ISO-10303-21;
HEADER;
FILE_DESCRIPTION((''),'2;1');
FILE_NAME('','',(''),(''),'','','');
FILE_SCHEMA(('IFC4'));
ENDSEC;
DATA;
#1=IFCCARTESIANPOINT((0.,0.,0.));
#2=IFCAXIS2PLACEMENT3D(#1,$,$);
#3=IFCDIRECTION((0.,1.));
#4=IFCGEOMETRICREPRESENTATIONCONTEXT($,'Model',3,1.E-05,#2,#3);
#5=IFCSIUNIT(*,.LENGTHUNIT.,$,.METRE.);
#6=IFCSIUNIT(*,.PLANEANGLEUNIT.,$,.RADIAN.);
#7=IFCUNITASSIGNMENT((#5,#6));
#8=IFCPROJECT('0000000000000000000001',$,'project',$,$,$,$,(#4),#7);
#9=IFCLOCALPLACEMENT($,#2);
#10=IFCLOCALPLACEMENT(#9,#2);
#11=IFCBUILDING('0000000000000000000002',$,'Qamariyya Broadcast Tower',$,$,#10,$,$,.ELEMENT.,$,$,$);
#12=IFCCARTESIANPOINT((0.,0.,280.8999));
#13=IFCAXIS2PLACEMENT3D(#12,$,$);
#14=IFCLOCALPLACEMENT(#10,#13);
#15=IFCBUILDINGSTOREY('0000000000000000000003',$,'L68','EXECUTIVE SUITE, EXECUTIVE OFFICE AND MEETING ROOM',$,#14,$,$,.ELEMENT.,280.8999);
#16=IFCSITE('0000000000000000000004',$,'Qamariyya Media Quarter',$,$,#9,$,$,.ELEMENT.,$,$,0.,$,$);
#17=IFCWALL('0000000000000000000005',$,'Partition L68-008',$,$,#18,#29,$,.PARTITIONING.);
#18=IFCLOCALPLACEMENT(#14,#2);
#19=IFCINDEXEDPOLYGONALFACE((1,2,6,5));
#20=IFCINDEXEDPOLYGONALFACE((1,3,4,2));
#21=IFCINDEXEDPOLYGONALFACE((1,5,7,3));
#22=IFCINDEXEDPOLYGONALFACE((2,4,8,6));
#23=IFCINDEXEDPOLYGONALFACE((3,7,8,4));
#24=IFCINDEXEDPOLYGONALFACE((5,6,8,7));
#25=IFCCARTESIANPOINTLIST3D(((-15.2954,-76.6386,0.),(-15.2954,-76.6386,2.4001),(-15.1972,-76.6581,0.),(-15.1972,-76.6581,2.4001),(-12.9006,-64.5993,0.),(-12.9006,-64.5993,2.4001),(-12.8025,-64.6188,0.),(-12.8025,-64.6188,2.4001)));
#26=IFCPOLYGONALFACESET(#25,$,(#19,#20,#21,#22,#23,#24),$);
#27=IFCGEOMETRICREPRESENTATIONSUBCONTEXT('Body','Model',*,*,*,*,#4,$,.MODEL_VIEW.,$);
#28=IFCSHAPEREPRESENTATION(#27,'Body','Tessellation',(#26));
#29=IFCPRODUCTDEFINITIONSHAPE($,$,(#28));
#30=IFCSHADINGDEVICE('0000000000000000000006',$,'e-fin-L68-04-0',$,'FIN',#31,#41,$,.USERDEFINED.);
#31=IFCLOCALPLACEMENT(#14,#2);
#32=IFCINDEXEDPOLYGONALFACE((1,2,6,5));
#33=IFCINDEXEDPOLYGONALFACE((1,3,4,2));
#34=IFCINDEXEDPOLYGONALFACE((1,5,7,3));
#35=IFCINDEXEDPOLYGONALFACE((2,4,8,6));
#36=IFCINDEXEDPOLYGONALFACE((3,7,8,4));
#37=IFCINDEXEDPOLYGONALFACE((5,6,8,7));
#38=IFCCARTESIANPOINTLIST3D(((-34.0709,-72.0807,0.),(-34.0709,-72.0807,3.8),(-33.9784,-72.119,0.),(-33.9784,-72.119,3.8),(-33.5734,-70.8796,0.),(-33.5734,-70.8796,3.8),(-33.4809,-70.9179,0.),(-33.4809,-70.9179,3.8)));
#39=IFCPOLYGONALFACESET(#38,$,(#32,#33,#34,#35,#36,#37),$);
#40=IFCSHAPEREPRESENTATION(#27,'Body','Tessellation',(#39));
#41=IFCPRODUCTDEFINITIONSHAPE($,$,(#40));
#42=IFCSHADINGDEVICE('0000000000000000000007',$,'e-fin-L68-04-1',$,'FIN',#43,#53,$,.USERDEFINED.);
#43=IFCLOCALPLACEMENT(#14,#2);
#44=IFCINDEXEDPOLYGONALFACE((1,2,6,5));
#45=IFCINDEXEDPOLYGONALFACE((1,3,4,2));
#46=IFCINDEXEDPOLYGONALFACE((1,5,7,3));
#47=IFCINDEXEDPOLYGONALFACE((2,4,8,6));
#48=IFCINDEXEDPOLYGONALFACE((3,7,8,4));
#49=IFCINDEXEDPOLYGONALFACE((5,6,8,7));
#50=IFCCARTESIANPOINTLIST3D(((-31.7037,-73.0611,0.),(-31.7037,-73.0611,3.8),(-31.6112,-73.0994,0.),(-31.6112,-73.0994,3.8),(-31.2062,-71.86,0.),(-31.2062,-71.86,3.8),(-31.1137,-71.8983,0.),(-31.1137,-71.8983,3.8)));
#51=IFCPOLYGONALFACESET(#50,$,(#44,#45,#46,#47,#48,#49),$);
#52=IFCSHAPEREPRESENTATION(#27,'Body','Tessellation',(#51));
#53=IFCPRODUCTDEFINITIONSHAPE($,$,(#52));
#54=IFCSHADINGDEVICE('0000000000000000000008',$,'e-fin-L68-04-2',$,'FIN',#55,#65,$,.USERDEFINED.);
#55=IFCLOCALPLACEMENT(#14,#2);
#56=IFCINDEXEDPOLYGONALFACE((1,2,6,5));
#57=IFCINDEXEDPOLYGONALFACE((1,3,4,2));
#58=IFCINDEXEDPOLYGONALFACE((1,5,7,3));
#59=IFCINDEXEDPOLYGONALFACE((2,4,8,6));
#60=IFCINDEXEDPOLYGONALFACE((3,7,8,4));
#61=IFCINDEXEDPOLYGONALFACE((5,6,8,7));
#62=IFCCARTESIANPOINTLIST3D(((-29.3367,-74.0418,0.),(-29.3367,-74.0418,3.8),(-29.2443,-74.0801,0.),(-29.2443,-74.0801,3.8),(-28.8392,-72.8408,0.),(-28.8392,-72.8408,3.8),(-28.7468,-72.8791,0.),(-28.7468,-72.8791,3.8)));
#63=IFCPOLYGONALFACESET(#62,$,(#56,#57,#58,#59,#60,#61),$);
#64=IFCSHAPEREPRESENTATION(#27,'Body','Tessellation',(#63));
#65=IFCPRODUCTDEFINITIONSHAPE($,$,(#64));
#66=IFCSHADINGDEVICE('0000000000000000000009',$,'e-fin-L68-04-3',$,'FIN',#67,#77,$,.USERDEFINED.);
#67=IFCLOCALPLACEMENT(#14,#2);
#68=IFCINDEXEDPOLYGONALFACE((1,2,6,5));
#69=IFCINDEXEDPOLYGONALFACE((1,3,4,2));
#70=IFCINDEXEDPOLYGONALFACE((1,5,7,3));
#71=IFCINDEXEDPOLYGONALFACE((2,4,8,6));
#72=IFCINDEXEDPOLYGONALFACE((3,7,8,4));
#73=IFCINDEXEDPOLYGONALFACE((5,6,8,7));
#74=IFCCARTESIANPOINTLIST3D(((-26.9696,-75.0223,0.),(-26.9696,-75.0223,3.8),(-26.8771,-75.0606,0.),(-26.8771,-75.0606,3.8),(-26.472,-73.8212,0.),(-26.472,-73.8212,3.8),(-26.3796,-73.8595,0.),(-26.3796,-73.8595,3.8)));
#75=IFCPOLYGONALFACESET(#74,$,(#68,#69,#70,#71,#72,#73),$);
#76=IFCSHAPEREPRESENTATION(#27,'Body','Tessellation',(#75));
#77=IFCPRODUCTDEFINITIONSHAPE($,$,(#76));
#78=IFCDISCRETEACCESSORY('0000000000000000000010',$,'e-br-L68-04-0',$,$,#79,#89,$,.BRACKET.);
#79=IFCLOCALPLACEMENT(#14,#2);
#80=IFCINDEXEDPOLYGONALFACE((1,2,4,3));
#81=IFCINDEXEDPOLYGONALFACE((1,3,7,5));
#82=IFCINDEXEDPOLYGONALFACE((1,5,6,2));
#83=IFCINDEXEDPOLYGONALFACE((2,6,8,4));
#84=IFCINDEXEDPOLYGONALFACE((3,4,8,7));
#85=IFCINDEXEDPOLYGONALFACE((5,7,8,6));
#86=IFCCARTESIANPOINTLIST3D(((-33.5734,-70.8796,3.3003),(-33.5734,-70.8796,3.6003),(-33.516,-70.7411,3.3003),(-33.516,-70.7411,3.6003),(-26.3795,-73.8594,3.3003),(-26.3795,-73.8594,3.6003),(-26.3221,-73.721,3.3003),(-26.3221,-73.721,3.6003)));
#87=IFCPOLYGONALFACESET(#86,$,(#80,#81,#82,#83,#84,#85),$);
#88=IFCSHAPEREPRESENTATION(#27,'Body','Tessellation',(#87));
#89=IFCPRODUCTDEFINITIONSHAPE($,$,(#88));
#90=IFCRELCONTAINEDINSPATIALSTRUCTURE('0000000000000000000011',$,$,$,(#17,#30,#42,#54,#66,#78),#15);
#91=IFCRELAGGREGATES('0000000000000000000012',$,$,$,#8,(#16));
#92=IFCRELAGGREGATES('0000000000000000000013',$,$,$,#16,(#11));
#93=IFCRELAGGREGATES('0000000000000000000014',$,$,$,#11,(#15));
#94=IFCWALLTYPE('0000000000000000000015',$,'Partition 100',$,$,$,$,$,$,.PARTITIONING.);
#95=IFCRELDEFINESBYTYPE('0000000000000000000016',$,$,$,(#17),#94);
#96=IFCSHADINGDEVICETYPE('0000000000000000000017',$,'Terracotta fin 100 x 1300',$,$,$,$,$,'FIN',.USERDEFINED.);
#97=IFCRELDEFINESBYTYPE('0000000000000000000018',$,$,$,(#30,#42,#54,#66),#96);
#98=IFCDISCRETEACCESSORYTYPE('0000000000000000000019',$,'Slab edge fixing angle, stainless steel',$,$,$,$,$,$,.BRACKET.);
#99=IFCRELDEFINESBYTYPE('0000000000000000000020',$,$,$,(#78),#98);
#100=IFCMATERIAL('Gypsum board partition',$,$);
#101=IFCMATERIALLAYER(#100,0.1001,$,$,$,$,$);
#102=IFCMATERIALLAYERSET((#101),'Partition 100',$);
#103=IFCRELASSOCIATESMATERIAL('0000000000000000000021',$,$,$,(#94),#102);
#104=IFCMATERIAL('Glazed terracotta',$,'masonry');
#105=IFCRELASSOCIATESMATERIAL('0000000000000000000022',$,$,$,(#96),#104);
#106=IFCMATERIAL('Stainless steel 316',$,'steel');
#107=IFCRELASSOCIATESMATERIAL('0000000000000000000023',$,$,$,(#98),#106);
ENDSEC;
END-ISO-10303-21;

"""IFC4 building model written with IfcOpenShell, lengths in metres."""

from ifc_helpers import new_model, si_unit, direction, frame, frame_2d, origin, origin_2d, place, context, subcontext, project, spatial, rectangle, extrude, material, layer, layer_set, material_profile, profile_set, type_object, element, save


model = new_model("IFC4")

# Units and contexts
model_context = context("Model", 3, precision=1e-05, world=origin(), true_north=direction((0.0, 1.0)))
body_context = subcontext(model_context, "Body", "Model", "MODEL_VIEW")
ifc_project = project(units=[si_unit("LENGTHUNIT", "METRE"), si_unit("PLANEANGLEUNIT", "RADIAN")], contexts=[model_context])

# Site, building, storey
site_placement = place(None, origin())
site = spatial("IfcSite", under=ifc_project, at=site_placement, Name="Qamariyya Media Quarter", CompositionType="ELEMENT", RefElevation=0.0)
building_placement = place(site_placement, origin())
building = spatial("IfcBuilding", under=site, at=building_placement, Name="Qamariyya Broadcast Tower", CompositionType="ELEMENT")
storey_placement = place(building_placement, frame((0.0, 0.0, 280.8999)))
storey = spatial("IfcBuildingStorey", under=building, at=storey_placement, Name="L68", Description="EXECUTIVE SUITE, EXECUTIVE OFFICE AND MEETING ROOM", CompositionType="ELEMENT", Elevation=280.8999)

# Shared definitions
ifc_material_1 = material(Name="Gypsum board partition")

# Wall
ifc_layer_1 = layer(ifc_material_1, 0.1001)
ifc_layer_set_1 = layer_set([ifc_layer_1], Name="Partition 100")
wall_type_1 = type_object("IfcWallType", Name="Partition 100", PredefinedType="PARTITIONING", material=ifc_layer_set_1)
wall_1_placement = place(storey_placement, frame((-15.2463, -76.6484, 0.0), z_axis=(0.0, 0.0, 1.0), x_axis=(0.195091, 0.980785, 0.0)))
element("IfcWall", 1, at=wall_1_placement, inside=storey, type_object=wall_type_1, Name="Partition L68-008", PredefinedType="PARTITIONING", context=body_context, shape_type="SweptSolid", body=[
    extrude(rectangle(XDim=12.2751, YDim=0.1001, at=frame_2d((6.1377, 0.0))), origin(), (0.0, 0.0, 1.0), 2.4001),
])

# Shading devices
ifc_material_2 = material(Name="Glazed terracotta", Category="masonry")
ifc_material_profile_1 = material_profile(ifc_material_2, rectangle(XDim=1.3, YDim=0.1001, at=origin_2d()))
ifc_profile_set_1 = profile_set([ifc_material_profile_1], Name="Glazed terracotta")
shading_device_type_1 = type_object("IfcShadingDeviceType", Name="Terracotta fin 100 x 1300", ElementType="FIN", PredefinedType="USERDEFINED", material=ifc_profile_set_1)
for number, where, z_axis, x_axis, name in (
    (2, (-33.7759, -71.4993, 0.0), (0.0, 0.0, 1.0), (-0.382683, -0.92388, 0.0), "e-fin-L68-04-0"),
    (3, (-31.4087, -72.4797, 0.0), (0.0, 0.0, 1.0), (-0.382683, -0.92388, 0.0), "e-fin-L68-04-1"),
    (4, (-29.0417, -73.4604, 0.0), (0.0, 0.0, 1.0), (-0.382683, -0.92388, 0.0), "e-fin-L68-04-2"),
    (5, (-26.6746, -74.4409, 0.0), (0.0, 0.0, 1.0), (-0.382683, -0.92388, 0.0), "e-fin-L68-04-3"),
):
    element("IfcShadingDevice", number, at=place(storey_placement, frame(where, z_axis=z_axis, x_axis=x_axis)), inside=storey, type_object=shading_device_type_1, Name=name, ObjectType="FIN", PredefinedType="USERDEFINED", context=body_context, shape_type="SweptSolid", body=[
        extrude(rectangle(XDim=1.3, YDim=0.1001, at=origin_2d()), origin(), (0.0, 0.0, 1.0), 3.8),
    ])

# Discrete accessory
ifc_material_3 = material(Name="Stainless steel 316", Category="steel")
discrete_accessory_type = type_object("IfcDiscreteAccessoryType", Name="Slab edge fixing angle, stainless steel", PredefinedType="BRACKET", material=ifc_material_3)
discrete_accessory_placement = place(storey_placement, frame((-29.9478, -72.3003, 3.3003), z_axis=(0.0, 0.0, 1.0), x_axis=(0.92388, -0.382683, 0.0)))
element("IfcDiscreteAccessory", 6, at=discrete_accessory_placement, inside=storey, type_object=discrete_accessory_type, Name="e-br-L68-04-0", PredefinedType="BRACKET", context=body_context, shape_type="SweptSolid", body=[
    extrude(rectangle(XDim=7.7866, YDim=0.1499, at=origin_2d()), origin(), (0.0, 0.0, 1.0), 0.3),
])

save(model, "model.ifc")
